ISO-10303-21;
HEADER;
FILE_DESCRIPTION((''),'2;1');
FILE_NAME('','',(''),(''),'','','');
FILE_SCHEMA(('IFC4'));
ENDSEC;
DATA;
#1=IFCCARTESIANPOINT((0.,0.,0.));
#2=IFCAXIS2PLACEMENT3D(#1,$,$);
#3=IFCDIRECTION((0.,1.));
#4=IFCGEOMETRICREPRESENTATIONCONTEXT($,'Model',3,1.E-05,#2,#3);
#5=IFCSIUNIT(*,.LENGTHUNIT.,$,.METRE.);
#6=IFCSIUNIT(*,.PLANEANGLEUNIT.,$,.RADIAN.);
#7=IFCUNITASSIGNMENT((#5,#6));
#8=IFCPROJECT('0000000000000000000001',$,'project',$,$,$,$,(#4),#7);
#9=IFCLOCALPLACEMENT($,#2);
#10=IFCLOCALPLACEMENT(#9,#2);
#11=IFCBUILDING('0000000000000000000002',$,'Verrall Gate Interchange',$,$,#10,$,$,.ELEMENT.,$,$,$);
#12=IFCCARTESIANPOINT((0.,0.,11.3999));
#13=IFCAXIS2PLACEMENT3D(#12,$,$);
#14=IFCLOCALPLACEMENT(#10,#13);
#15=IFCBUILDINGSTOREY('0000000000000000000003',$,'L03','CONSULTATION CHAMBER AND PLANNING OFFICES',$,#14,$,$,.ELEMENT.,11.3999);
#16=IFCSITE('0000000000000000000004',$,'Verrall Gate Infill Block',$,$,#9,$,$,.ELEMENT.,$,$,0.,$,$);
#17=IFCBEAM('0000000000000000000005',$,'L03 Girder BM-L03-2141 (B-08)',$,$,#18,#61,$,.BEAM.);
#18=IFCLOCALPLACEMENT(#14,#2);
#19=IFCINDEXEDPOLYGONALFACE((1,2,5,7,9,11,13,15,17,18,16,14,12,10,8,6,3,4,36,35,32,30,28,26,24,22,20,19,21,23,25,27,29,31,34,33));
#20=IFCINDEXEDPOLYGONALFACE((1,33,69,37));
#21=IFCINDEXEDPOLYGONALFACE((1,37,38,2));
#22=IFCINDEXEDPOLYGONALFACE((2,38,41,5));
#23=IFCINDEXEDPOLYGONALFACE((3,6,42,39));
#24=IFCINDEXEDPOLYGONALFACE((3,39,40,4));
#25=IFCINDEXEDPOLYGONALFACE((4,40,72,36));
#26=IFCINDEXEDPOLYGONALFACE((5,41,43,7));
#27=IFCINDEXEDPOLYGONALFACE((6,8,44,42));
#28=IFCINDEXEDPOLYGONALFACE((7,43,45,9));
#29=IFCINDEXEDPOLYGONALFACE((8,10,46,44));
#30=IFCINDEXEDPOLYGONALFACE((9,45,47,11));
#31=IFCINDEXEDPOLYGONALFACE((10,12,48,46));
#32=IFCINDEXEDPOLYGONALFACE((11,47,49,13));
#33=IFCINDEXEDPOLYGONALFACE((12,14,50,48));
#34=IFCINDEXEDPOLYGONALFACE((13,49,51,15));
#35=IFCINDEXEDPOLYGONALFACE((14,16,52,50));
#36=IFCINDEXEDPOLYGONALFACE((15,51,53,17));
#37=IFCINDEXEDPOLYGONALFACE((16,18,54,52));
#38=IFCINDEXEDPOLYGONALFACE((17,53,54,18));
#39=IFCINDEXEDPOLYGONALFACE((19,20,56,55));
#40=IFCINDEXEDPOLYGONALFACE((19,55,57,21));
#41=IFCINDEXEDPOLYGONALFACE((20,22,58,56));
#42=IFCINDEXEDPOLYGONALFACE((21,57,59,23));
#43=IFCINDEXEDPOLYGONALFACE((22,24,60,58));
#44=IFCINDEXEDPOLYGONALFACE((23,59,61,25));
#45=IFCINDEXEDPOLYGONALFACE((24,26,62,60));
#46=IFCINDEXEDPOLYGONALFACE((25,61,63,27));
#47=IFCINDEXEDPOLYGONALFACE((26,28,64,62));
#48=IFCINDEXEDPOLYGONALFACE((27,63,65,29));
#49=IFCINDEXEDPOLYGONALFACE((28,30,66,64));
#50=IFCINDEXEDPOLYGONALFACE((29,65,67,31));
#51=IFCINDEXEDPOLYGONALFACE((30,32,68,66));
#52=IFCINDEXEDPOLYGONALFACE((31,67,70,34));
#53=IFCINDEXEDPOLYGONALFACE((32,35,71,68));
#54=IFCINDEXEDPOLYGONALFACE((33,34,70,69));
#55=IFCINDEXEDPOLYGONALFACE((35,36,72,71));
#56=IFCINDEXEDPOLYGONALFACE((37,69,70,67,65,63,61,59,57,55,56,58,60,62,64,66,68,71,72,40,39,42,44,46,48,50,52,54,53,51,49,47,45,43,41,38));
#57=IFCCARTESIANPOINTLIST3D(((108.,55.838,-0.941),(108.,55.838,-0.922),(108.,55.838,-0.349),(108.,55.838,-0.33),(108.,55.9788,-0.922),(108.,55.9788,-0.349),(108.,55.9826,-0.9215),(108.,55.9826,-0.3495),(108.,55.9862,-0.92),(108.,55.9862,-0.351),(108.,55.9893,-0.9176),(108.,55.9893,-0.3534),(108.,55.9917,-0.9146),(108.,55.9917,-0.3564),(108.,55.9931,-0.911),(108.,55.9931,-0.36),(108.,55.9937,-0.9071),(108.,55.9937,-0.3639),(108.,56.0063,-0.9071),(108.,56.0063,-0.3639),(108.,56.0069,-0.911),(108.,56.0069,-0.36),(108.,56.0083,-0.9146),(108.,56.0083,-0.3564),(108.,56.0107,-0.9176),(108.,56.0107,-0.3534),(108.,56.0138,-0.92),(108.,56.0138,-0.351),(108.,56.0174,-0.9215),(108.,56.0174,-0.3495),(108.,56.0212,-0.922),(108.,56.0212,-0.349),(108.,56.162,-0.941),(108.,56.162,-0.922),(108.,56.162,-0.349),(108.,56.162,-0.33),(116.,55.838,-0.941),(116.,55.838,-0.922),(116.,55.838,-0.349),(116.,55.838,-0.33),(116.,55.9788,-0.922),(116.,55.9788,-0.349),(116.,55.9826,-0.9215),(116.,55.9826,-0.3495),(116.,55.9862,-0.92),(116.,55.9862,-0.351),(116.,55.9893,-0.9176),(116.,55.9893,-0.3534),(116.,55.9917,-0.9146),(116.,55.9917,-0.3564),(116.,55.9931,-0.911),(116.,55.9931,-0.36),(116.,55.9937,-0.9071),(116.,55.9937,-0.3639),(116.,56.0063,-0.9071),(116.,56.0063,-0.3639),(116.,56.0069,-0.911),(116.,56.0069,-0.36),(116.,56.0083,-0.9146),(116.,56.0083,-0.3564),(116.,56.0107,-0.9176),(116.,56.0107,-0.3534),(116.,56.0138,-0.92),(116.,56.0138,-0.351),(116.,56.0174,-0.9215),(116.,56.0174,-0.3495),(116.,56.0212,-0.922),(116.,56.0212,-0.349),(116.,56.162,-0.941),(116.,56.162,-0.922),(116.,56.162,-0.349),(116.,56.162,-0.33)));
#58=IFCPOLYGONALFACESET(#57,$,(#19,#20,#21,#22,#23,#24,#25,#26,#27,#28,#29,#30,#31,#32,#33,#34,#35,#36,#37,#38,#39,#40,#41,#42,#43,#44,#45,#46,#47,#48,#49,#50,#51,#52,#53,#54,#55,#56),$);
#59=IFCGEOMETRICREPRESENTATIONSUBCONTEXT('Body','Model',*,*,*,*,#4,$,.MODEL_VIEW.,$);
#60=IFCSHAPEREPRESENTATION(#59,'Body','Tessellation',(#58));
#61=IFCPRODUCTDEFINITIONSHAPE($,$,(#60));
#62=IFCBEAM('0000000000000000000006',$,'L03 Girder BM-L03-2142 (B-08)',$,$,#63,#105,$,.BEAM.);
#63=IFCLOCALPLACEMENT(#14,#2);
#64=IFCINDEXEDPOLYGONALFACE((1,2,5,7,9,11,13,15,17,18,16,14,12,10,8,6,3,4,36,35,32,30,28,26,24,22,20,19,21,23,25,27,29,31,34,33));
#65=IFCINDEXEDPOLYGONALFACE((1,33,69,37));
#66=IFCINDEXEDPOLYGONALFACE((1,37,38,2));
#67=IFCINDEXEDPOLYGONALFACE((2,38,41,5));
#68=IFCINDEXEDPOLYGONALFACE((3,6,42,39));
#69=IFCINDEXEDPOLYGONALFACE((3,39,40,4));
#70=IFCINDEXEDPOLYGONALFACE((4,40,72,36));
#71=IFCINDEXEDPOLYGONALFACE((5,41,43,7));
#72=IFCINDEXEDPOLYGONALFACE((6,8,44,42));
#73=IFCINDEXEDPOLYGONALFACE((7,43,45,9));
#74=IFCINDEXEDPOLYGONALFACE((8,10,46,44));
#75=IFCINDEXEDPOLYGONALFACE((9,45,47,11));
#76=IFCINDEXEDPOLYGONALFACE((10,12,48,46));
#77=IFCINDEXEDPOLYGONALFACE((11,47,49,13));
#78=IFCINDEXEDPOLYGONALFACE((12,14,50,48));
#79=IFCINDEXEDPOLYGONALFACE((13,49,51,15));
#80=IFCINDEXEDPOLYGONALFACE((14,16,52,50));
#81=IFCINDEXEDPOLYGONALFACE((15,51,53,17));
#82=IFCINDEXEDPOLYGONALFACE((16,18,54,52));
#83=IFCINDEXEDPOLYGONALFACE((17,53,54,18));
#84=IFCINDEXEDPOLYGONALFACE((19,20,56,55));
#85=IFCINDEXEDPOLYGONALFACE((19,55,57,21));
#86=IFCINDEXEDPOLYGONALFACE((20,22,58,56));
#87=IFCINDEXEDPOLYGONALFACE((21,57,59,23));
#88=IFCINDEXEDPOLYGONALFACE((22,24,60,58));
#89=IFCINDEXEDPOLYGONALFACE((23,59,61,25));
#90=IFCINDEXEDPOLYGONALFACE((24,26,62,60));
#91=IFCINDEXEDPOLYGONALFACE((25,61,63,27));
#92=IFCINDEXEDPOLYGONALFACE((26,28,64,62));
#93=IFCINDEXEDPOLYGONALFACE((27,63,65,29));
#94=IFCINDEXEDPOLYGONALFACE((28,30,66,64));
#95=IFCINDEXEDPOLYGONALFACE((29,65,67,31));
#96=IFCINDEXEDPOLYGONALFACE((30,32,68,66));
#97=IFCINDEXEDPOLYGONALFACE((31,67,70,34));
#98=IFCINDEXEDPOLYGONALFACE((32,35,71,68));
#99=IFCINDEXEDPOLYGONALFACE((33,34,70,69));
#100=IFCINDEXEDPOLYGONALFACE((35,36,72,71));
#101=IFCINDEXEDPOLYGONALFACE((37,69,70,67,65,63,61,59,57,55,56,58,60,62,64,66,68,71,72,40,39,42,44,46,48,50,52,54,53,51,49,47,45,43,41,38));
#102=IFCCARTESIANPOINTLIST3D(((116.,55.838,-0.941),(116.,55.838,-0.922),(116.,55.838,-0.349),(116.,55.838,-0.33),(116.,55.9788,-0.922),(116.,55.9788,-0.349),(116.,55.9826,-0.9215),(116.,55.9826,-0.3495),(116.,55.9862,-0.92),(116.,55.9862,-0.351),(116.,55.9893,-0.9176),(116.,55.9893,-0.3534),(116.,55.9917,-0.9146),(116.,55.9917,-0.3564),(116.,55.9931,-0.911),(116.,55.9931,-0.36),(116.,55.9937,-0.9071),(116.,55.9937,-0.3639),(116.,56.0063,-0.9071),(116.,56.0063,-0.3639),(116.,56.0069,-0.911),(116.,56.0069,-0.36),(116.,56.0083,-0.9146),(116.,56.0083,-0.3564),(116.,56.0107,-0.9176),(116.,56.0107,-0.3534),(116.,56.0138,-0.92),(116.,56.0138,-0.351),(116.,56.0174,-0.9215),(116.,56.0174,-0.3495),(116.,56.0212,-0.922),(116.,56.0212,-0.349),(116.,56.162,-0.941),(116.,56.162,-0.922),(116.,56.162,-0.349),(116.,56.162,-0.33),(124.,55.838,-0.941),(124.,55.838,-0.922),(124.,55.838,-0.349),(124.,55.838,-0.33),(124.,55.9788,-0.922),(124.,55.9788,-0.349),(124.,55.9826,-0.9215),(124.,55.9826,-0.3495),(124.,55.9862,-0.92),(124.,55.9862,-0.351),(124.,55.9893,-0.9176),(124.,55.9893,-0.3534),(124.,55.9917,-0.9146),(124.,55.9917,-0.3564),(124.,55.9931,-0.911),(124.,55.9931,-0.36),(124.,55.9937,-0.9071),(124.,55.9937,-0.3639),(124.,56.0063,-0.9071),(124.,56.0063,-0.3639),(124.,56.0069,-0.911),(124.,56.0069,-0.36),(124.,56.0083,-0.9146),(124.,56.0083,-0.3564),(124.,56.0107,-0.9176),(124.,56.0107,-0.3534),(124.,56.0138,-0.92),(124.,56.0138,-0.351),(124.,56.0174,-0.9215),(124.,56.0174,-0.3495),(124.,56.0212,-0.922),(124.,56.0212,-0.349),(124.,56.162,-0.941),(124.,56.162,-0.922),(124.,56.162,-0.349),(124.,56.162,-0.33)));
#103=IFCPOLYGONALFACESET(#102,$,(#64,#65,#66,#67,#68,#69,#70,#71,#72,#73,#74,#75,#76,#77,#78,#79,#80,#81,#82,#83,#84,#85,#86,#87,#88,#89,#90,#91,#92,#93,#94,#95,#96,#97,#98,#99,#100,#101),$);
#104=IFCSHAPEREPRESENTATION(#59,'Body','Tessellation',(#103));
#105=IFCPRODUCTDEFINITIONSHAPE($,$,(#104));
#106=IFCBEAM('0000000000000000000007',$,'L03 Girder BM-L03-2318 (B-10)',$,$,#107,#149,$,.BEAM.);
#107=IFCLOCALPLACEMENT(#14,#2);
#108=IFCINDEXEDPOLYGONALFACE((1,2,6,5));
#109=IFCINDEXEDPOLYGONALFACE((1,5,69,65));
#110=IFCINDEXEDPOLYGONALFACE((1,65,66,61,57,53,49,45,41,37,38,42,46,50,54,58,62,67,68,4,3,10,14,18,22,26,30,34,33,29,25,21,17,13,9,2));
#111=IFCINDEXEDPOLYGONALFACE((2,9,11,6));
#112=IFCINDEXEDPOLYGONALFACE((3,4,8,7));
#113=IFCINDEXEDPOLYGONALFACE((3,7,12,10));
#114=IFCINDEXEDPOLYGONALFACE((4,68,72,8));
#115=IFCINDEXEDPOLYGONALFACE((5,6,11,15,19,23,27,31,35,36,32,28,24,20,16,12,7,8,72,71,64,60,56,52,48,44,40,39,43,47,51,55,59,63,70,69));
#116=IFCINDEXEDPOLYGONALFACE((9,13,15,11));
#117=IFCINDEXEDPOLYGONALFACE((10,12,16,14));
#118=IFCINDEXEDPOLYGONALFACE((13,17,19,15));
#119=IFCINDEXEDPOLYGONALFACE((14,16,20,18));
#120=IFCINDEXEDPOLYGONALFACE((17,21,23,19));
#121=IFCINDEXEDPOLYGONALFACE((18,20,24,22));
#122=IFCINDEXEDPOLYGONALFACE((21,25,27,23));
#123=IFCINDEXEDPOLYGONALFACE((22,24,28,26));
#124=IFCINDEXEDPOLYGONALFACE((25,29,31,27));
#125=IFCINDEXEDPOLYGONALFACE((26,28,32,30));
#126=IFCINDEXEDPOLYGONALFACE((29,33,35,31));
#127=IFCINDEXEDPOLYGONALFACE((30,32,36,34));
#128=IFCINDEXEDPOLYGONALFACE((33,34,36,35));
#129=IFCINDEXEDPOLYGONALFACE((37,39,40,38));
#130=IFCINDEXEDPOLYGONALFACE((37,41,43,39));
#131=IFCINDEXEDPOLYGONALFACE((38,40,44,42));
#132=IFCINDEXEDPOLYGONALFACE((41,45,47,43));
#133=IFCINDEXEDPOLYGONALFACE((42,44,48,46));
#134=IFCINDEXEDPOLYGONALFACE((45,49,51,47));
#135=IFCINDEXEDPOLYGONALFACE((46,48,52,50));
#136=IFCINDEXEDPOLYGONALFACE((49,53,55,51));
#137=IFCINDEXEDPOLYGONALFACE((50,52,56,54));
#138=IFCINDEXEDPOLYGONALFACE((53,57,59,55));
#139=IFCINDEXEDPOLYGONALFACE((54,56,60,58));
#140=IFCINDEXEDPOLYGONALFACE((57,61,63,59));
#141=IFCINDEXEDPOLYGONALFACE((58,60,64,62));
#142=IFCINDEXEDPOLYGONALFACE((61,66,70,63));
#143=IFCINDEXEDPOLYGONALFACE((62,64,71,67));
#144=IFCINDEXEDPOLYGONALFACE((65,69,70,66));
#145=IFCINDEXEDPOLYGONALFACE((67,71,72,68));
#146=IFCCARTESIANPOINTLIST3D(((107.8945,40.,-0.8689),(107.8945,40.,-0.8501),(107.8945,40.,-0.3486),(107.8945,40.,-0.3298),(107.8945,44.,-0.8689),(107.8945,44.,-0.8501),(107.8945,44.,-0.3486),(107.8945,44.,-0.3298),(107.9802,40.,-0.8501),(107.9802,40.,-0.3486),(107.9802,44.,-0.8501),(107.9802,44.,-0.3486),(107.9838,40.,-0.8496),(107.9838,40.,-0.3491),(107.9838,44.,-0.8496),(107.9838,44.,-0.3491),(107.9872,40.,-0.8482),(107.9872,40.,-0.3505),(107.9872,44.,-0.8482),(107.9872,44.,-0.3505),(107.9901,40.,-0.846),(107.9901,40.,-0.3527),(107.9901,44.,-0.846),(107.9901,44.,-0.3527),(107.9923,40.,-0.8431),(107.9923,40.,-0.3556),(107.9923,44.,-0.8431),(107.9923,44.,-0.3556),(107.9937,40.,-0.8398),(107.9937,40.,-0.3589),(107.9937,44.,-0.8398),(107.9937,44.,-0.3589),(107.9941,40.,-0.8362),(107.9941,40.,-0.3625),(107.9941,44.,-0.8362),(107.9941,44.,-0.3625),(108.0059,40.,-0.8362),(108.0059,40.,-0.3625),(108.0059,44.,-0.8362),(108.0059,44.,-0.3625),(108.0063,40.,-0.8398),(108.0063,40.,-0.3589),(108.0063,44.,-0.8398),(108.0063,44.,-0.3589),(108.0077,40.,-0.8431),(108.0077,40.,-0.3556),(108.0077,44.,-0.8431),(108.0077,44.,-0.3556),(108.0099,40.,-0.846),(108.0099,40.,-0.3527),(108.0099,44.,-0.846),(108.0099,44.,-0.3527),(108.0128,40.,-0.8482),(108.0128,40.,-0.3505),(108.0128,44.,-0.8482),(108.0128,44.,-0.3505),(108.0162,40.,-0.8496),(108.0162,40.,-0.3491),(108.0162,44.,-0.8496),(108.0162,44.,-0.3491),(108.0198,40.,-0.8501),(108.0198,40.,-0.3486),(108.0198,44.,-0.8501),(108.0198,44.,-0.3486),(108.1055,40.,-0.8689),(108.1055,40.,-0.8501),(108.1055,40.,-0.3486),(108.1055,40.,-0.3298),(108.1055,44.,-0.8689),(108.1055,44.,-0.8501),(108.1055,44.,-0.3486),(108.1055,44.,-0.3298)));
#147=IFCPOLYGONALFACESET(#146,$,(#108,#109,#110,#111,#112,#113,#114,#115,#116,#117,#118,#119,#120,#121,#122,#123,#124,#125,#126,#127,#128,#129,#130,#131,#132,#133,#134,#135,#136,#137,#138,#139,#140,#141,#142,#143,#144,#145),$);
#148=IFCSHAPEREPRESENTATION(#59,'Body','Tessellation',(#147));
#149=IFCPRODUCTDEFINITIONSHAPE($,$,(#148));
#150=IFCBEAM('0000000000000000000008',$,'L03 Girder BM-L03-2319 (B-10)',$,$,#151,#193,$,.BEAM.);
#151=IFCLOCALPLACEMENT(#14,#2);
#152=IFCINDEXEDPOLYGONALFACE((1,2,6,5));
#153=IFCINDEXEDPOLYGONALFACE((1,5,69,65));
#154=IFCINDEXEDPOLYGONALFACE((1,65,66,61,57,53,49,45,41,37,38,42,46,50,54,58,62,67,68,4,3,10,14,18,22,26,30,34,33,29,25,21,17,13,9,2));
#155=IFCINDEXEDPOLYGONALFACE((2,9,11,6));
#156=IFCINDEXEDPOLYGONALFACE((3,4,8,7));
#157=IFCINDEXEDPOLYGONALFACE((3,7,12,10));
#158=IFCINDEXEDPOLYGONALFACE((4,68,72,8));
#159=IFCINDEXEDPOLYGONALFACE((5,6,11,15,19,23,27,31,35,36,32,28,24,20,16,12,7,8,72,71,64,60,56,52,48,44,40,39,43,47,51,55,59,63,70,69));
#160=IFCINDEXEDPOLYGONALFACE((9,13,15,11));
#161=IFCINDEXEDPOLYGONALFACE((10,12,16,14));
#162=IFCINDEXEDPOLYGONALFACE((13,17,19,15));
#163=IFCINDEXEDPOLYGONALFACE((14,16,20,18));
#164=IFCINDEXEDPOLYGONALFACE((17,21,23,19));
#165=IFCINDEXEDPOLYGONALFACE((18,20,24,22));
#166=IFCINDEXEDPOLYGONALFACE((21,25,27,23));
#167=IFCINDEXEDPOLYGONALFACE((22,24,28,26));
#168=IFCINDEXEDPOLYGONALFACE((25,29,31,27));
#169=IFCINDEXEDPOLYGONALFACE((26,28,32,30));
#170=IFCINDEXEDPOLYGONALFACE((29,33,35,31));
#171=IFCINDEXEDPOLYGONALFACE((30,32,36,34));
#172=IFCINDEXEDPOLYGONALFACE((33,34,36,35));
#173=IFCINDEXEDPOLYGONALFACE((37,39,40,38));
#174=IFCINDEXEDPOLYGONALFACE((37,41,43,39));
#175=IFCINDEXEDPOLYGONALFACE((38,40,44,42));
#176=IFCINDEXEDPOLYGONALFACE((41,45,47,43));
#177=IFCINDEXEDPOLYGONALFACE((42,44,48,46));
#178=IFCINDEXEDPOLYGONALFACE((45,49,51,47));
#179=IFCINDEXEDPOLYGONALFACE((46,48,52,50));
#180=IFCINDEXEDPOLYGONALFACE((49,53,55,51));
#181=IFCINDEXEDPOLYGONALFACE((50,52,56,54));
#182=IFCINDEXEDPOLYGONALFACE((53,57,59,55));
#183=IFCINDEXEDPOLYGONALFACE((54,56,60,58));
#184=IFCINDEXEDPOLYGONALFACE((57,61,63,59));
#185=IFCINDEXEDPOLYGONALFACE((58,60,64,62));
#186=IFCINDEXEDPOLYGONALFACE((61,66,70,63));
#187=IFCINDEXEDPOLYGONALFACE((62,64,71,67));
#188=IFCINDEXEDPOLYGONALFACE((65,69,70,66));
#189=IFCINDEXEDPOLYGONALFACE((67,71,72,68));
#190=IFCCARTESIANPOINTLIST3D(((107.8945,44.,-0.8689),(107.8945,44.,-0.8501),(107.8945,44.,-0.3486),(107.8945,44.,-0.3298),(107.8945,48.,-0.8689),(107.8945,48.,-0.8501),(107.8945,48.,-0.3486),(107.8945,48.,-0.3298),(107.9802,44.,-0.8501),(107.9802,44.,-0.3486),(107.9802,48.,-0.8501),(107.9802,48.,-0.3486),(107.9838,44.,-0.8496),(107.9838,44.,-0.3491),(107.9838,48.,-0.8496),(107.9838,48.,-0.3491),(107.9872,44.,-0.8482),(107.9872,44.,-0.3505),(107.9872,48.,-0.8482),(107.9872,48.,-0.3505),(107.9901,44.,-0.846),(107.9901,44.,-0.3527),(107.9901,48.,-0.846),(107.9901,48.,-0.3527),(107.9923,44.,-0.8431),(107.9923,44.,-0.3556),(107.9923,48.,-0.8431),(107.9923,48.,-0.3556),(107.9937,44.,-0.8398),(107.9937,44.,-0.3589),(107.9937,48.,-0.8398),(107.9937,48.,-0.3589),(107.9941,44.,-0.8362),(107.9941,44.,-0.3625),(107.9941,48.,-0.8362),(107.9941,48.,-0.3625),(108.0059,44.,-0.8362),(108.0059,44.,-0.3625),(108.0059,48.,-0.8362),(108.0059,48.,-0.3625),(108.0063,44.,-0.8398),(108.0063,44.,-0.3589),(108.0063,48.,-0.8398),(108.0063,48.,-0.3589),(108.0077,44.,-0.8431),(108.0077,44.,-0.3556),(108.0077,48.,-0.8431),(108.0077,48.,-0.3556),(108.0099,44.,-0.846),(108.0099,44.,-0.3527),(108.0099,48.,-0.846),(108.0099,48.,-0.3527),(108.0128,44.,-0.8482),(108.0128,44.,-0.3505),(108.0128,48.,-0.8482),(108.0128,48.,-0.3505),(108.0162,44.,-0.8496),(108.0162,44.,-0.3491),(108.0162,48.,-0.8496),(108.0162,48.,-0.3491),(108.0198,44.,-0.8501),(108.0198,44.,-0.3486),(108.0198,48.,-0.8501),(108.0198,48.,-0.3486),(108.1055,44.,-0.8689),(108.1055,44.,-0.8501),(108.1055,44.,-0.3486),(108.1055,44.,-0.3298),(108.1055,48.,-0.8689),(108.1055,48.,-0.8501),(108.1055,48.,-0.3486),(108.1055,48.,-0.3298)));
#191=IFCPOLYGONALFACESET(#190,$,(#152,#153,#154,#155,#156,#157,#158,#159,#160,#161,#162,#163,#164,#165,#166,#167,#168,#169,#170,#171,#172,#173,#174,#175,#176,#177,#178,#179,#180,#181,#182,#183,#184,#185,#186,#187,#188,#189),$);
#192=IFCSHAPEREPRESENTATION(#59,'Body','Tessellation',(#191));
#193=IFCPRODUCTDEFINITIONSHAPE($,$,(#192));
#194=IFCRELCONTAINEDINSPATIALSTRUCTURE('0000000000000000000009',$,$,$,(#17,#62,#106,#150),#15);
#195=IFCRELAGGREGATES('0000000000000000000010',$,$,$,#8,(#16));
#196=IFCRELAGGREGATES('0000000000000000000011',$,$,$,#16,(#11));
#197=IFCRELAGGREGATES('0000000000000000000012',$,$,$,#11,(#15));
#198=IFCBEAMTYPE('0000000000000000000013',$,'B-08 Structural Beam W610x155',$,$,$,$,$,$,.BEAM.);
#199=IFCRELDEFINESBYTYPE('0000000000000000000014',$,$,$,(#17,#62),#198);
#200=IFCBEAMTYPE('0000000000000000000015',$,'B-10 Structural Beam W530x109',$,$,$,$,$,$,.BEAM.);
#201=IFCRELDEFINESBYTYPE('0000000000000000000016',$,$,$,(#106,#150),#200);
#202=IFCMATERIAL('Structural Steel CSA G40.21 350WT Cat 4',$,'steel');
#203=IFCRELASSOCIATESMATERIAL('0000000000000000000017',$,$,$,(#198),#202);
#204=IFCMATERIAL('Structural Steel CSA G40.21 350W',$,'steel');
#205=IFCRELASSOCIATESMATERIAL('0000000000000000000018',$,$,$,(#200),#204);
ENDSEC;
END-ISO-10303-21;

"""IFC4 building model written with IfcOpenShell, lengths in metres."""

from ifc_helpers import new_model, si_unit, direction, frame, origin, origin_2d, place, context, subcontext, project, spatial, i_section, extrude, material, material_profile, profile_set, type_object, element, save


model = new_model("IFC4")

# Units and contexts
model_context = context("Model", 3, precision=1e-05, world=origin(), true_north=direction((0.0, 1.0)))
body_context = subcontext(model_context, "Body", "Model", "MODEL_VIEW")
ifc_project = project(units=[si_unit("LENGTHUNIT", "METRE"), si_unit("PLANEANGLEUNIT", "RADIAN")], contexts=[model_context])

# Site, building, storey
site_placement = place(None, origin())
site = spatial("IfcSite", under=ifc_project, at=site_placement, Name="Verrall Gate Infill Block", CompositionType="ELEMENT", RefElevation=0.0)
building_placement = place(site_placement, origin())
building = spatial("IfcBuilding", under=site, at=building_placement, Name="Verrall Gate Interchange", CompositionType="ELEMENT")
storey_placement = place(building_placement, frame((0.0, 0.0, 11.3999)))
storey = spatial("IfcBuildingStorey", under=building, at=storey_placement, Name="L03", Description="CONSULTATION CHAMBER AND PLANNING OFFICES", CompositionType="ELEMENT", Elevation=11.3999)

# Beams
ifc_material_1 = material(Name="Structural Steel CSA G40.21 350WT Cat 4", Category="steel")
ifc_material_profile_1 = material_profile(ifc_material_1, i_section(OverallWidth=0.324, OverallDepth=0.6111, WebThickness=0.0127, FlangeThickness=0.019, FilletRadius=0.0149, at=origin_2d()), Name="W610x155")
ifc_profile_set_1 = profile_set([ifc_material_profile_1], Name="Structural Steel CSA G40.21 350WT Cat 4")
beam_type_1 = type_object("IfcBeamType", Name="B-08 Structural Beam W610x155", PredefinedType="BEAM", material=ifc_profile_set_1)
for number, where, z_axis, x_axis, name in (
    (1, (108.0, 56.0, -0.6355), (1.0, 0.0, 0.0), (0.0, 1.0, 0.0), "L03 Girder BM-L03-2141 (B-08)"),
    (2, (116.0, 56.0, -0.6355), (1.0, 0.0, 0.0), (0.0, 1.0, 0.0), "L03 Girder BM-L03-2142 (B-08)"),
):
    element("IfcBeam", number, at=place(storey_placement, frame(where, z_axis=z_axis, x_axis=x_axis)), inside=storey, type_object=beam_type_1, Name=name, PredefinedType="BEAM", context=body_context, shape_type="SweptSolid", body=[
        extrude(i_section(OverallWidth=0.324, OverallDepth=0.6111, WebThickness=0.0127, FlangeThickness=0.019, FilletRadius=0.0149, at=origin_2d()), origin(), (0.0, 0.0, 1.0), 8.0),
    ])
ifc_material_2 = material(Name="Structural Steel CSA G40.21 350W", Category="steel")
ifc_material_profile_2 = material_profile(ifc_material_2, i_section(OverallWidth=0.2109, OverallDepth=0.5391, WebThickness=0.0117, FlangeThickness=0.0188, FilletRadius=0.0139, at=origin_2d()), Name="W530x109")
ifc_profile_set_2 = profile_set([ifc_material_profile_2], Name="Structural Steel CSA G40.21 350W")
beam_type_2 = type_object("IfcBeamType", Name="B-10 Structural Beam W530x109", PredefinedType="BEAM", material=ifc_profile_set_2)
for number, where, z_axis, x_axis, name in (
    (3, (108.0, 40.0, -0.5994), (0.0, 1.0, 0.0), (-1.0, 0.0, 0.0), "L03 Girder BM-L03-2318 (B-10)"),
    (4, (108.0, 44.0, -0.5994), (0.0, 1.0, 0.0), (-1.0, 0.0, 0.0), "L03 Girder BM-L03-2319 (B-10)"),
):
    element("IfcBeam", number, at=place(storey_placement, frame(where, z_axis=z_axis, x_axis=x_axis)), inside=storey, type_object=beam_type_2, Name=name, PredefinedType="BEAM", context=body_context, shape_type="SweptSolid", body=[
        extrude(i_section(OverallWidth=0.2109, OverallDepth=0.5391, WebThickness=0.0117, FlangeThickness=0.0188, FilletRadius=0.0139, at=origin_2d()), origin(), (0.0, 0.0, 1.0), 4.0),
    ])

save(model, "model.ifc")
